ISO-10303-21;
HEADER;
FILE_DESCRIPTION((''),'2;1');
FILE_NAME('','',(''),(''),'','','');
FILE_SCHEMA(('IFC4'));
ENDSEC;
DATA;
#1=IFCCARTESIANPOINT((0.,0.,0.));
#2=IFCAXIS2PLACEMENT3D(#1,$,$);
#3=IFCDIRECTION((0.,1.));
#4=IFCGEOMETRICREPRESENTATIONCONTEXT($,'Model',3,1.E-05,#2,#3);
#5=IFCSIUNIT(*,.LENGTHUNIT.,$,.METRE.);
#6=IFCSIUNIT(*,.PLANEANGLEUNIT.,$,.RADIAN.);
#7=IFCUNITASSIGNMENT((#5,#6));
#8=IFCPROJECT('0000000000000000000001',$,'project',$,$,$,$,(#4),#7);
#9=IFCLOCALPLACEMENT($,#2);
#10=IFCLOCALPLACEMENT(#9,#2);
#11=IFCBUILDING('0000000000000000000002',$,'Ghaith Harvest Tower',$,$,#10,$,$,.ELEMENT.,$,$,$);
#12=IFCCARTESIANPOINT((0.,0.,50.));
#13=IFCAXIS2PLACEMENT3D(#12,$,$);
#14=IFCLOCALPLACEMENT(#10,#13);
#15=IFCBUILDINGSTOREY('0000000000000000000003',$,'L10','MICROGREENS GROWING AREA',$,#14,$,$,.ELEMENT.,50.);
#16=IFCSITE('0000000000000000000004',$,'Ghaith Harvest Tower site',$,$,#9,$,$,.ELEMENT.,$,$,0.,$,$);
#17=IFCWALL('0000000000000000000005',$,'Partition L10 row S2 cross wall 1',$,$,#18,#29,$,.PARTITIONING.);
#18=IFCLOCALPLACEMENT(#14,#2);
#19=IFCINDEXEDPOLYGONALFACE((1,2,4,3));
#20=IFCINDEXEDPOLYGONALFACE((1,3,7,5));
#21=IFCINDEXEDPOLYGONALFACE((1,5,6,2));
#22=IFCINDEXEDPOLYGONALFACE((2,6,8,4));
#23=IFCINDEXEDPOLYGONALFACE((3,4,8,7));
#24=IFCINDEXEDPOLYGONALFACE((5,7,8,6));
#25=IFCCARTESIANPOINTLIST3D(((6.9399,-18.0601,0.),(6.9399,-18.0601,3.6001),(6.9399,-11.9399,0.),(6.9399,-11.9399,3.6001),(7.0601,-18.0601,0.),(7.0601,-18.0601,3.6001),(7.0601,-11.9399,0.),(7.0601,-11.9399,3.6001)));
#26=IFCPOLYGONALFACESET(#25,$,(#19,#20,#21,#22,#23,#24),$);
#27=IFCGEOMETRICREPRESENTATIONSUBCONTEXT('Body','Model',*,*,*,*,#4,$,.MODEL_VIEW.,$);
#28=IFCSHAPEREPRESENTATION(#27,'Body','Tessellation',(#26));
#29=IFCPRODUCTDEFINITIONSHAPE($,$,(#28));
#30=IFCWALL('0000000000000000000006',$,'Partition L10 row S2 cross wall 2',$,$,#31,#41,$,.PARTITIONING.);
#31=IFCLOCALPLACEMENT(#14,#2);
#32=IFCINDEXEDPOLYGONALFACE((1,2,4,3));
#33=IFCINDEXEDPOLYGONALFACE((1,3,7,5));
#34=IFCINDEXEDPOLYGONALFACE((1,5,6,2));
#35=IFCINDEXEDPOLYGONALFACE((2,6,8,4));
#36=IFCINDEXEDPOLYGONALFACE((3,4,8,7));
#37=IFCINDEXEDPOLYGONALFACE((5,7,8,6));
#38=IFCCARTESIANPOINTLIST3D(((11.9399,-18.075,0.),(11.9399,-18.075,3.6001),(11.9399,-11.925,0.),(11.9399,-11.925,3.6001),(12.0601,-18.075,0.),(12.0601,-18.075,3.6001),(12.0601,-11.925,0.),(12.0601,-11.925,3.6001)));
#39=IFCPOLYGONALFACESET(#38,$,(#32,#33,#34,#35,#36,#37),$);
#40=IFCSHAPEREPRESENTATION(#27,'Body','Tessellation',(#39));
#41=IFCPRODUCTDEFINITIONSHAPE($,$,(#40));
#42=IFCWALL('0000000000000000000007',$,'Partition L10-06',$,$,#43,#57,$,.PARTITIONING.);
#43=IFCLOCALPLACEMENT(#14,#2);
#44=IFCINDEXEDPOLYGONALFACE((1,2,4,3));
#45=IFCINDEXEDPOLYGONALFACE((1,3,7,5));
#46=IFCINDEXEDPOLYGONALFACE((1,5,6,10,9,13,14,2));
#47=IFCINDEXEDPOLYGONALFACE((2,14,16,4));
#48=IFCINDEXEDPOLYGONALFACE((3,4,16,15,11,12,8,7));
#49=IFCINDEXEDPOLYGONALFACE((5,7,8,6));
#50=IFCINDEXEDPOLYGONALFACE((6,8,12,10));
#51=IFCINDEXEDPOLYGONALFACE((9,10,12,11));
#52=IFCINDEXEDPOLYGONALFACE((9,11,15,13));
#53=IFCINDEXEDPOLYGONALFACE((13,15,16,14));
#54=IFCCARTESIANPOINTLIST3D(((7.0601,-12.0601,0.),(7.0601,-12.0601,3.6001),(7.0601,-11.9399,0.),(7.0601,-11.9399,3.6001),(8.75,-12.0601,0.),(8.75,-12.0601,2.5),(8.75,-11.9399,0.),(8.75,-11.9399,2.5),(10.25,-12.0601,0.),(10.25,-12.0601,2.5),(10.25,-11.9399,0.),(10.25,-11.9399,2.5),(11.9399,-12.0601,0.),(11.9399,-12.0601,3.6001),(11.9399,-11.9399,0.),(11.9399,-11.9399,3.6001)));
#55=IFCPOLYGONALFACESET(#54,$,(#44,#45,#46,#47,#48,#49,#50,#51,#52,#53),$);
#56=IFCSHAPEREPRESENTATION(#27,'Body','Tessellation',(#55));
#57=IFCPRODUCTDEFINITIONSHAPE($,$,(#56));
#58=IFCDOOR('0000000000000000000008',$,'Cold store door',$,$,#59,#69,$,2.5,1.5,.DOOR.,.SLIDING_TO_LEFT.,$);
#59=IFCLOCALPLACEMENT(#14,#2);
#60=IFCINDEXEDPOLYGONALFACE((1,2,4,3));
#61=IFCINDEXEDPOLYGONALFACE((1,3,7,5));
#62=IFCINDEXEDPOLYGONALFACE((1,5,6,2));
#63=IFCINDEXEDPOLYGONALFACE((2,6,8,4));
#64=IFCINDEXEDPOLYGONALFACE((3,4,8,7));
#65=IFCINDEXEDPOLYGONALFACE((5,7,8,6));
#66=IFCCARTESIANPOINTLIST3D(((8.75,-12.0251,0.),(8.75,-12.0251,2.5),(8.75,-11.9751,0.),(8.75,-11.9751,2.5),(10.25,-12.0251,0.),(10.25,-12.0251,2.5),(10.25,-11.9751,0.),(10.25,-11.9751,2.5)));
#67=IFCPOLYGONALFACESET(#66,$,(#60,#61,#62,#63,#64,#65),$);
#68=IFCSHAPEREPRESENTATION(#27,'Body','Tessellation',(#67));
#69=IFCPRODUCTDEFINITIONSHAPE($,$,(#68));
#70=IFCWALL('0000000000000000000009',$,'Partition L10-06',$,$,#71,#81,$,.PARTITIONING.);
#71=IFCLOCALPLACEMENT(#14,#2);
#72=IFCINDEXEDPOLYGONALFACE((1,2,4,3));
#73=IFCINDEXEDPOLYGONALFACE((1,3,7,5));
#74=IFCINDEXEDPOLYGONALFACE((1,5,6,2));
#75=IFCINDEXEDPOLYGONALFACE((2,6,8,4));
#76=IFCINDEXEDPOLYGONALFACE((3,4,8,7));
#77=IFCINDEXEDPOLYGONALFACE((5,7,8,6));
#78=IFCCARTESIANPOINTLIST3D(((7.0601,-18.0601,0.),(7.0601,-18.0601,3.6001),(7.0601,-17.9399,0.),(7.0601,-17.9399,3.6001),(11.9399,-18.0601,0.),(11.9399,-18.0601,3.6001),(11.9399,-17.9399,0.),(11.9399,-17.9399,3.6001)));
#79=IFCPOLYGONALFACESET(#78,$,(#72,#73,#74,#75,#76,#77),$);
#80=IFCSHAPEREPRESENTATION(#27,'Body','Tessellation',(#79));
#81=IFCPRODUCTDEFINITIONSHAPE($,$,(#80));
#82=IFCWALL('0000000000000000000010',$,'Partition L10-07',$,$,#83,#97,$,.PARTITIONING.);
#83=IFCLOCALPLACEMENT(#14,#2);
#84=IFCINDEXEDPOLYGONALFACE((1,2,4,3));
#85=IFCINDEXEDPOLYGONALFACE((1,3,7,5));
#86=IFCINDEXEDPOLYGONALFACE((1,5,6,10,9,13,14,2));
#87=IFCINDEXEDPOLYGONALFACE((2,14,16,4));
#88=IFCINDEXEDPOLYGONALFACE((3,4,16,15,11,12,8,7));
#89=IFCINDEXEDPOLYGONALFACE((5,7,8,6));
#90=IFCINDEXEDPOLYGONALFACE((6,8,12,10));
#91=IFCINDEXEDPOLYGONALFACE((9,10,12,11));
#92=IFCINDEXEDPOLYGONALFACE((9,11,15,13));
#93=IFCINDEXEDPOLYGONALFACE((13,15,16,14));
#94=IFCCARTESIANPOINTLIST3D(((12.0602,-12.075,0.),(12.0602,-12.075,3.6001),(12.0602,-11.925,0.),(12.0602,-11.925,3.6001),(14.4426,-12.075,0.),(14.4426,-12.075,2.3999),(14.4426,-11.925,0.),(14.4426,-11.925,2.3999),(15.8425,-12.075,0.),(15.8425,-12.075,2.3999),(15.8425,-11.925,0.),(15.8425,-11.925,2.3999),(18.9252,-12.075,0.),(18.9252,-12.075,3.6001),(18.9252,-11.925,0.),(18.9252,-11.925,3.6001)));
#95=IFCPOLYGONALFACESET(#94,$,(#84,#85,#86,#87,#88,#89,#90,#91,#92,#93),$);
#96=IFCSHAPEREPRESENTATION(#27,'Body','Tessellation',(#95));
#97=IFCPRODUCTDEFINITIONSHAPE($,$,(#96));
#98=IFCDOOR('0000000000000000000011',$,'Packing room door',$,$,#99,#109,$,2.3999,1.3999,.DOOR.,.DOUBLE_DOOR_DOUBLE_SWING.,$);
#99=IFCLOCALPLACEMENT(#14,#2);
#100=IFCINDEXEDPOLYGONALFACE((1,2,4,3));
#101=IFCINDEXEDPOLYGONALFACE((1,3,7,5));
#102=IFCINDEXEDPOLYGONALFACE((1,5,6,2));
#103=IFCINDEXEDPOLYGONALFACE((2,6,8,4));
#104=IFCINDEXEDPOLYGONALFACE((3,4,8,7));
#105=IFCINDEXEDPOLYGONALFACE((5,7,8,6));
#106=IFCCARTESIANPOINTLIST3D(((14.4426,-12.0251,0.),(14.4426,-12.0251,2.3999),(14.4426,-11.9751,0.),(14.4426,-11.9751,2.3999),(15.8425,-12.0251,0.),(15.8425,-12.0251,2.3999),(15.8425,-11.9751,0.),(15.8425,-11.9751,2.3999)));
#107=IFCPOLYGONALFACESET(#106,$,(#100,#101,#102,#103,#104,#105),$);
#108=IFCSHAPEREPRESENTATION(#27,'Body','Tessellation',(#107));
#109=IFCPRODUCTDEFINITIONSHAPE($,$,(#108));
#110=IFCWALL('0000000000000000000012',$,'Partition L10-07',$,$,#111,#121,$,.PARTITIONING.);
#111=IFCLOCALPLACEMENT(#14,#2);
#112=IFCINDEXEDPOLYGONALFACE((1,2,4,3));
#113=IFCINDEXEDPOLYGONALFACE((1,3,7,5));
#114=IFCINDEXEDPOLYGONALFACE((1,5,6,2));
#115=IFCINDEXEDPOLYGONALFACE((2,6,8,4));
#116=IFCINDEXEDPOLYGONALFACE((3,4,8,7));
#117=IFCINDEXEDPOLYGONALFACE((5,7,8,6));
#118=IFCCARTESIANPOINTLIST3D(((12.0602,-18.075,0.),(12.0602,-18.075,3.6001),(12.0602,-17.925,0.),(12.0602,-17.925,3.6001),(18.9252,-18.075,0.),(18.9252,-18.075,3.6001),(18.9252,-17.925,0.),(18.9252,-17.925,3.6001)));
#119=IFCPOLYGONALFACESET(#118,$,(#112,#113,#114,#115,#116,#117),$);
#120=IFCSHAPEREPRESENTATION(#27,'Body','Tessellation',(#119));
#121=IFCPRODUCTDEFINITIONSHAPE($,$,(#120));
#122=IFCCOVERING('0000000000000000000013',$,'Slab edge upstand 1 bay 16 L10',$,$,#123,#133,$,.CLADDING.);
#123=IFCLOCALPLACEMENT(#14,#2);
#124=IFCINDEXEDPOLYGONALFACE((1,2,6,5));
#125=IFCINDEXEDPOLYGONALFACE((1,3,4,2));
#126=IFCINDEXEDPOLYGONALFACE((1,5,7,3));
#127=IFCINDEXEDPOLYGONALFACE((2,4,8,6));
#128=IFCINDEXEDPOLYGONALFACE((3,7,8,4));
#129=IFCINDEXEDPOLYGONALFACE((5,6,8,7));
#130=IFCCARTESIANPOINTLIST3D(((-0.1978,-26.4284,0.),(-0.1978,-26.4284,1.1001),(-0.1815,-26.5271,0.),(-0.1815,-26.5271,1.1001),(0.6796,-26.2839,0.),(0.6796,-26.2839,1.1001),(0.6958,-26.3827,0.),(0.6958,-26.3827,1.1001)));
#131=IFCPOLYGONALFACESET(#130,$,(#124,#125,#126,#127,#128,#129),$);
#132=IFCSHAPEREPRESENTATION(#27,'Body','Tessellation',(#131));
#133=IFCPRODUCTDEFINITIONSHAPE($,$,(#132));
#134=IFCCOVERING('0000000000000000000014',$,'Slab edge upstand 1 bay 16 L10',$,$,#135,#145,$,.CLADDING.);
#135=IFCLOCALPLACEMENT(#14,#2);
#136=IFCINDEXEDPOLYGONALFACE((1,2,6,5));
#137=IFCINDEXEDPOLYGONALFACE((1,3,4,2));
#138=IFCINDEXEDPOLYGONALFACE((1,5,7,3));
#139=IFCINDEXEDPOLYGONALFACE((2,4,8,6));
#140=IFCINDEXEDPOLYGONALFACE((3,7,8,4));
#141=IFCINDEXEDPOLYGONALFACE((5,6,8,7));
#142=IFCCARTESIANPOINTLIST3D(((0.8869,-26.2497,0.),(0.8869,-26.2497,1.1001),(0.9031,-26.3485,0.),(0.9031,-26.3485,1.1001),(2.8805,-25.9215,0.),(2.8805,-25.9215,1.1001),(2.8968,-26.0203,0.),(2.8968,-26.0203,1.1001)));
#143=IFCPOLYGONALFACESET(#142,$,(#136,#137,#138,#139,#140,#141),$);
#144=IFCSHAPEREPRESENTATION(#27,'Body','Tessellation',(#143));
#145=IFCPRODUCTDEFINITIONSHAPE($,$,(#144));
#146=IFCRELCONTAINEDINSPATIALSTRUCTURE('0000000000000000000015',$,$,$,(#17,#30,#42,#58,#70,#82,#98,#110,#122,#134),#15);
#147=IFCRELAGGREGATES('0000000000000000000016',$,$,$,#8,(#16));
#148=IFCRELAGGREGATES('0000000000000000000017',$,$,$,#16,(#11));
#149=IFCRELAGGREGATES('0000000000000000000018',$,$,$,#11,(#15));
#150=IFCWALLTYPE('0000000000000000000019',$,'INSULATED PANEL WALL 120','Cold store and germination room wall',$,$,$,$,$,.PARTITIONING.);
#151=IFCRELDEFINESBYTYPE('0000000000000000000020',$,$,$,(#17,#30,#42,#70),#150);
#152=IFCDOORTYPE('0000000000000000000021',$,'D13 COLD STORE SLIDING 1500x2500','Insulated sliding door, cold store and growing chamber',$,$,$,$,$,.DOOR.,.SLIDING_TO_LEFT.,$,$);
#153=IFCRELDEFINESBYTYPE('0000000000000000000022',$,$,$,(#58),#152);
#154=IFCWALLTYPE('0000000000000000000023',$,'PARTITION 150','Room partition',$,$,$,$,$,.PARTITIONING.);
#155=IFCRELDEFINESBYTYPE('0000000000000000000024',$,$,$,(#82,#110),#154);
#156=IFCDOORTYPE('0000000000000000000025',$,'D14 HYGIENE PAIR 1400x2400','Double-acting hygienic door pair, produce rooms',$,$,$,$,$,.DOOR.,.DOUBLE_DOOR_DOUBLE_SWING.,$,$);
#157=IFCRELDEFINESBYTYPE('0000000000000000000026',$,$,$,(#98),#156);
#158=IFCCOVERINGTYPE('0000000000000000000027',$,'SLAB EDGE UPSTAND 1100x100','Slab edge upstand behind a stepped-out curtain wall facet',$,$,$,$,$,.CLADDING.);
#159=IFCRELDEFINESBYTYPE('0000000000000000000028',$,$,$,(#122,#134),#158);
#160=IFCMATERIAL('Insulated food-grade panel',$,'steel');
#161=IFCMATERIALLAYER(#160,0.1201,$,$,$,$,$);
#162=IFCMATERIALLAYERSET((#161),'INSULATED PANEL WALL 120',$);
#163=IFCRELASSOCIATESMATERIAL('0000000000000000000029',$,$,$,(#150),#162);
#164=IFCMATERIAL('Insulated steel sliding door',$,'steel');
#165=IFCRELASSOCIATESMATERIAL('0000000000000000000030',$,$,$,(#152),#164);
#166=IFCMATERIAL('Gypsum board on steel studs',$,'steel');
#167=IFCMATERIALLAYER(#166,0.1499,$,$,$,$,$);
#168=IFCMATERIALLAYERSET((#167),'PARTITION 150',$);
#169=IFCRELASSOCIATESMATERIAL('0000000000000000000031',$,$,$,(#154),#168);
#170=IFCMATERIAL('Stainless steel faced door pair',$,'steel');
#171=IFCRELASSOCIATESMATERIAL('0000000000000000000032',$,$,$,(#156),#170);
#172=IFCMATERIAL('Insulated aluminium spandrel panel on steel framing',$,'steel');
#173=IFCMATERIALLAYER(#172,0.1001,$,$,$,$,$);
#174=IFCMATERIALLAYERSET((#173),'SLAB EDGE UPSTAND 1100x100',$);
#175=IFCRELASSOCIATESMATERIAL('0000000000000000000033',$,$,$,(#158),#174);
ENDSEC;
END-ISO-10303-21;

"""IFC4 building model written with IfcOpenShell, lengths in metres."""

from ifc_helpers import new_model, si_unit, direction, frame, frame_2d, origin, origin_2d, place, context, subcontext, project, spatial, rectangle, extrude, material, layer, layer_set, type_object, element, fill, save


model = new_model("IFC4")

# Units and contexts
model_context = context("Model", 3, precision=1e-05, world=origin(), true_north=direction((0.0, 1.0)))
body_context = subcontext(model_context, "Body", "Model", "MODEL_VIEW")
ifc_project = project(units=[si_unit("LENGTHUNIT", "METRE"), si_unit("PLANEANGLEUNIT", "RADIAN")], contexts=[model_context])

# Site, building, storey
site_placement = place(None, origin())
site = spatial("IfcSite", under=ifc_project, at=site_placement, Name="Ghaith Harvest Tower site", CompositionType="ELEMENT", RefElevation=0.0)
building_placement = place(site_placement, origin())
building = spatial("IfcBuilding", under=site, at=building_placement, Name="Ghaith Harvest Tower", CompositionType="ELEMENT")
storey_placement = place(building_placement, frame((0.0, 0.0, 50.0)))
storey = spatial("IfcBuildingStorey", under=building, at=storey_placement, Name="L10", Description="MICROGREENS GROWING AREA", CompositionType="ELEMENT", Elevation=50.0)

# Shared definitions
ifc_material_1 = material(Name="Insulated food-grade panel", Category="steel")
ifc_layer_1 = layer(ifc_material_1, 0.1201)
ifc_layer_set_1 = layer_set([ifc_layer_1], Name="INSULATED PANEL WALL 120")
wall_type_1 = type_object("IfcWallType", Name="INSULATED PANEL WALL 120", Description="Cold store and germination room wall", PredefinedType="PARTITIONING", material=ifc_layer_set_1)

# Shared definitions
ifc_material_2 = material(Name="Insulated steel sliding door", Category="steel")
door_type_1 = type_object("IfcDoorType", Name="D13 COLD STORE SLIDING 1500x2500", Description="Insulated sliding door, cold store and growing chamber", OperationType="SLIDING_TO_LEFT", PredefinedType="DOOR", material=ifc_material_2)

# Walls
wall_1_placement = place(storey_placement, frame((7.0, -11.9399, 0.0), z_axis=(0.0, 0.0, 1.0), x_axis=(0.0, -1.0, 0.0)))
element("IfcWall", 1, at=wall_1_placement, inside=storey, type_object=wall_type_1, Name="Partition L10 row S2 cross wall 1", PredefinedType="PARTITIONING", context=body_context, shape_type="SweptSolid", body=[
    extrude(rectangle(XDim=6.1201, YDim=0.1201, at=frame_2d((3.0601, 0.0))), origin(), (0.0, 0.0, 1.0), 3.6001),
])
wall_2_placement = place(storey_placement, frame((12.0, -11.925, 0.0), z_axis=(0.0, 0.0, 1.0), x_axis=(0.0, -1.0, 0.0)))
element("IfcWall", 2, at=wall_2_placement, inside=storey, type_object=wall_type_1, Name="Partition L10 row S2 cross wall 2", PredefinedType="PARTITIONING", context=body_context, shape_type="SweptSolid", body=[
    extrude(rectangle(XDim=6.1499, YDim=0.1201, at=frame_2d((3.075, 0.0))), origin(), (0.0, 0.0, 1.0), 3.6001),
])

# Wall, opening, door
wall_3_placement = place(storey_placement, frame((7.0601, -12.0, 0.0), z_axis=(0.0, 0.0, 1.0), x_axis=(1.0, 0.0, 0.0)))
wall_3 = element("IfcWall", 3, at=wall_3_placement, inside=storey, type_object=wall_type_1, Name="Partition L10-06", PredefinedType="PARTITIONING", context=body_context, shape_type="SweptSolid", body=[
    extrude(rectangle(XDim=4.8799, YDim=0.1201, at=frame_2d((2.4399, 0.0))), origin(), (0.0, 0.0, 1.0), 3.6001),
])
opening_1_placement = place(wall_3_placement, frame((1.6899, 0.0, 0.0)))
opening_1 = element("IfcOpeningElement", 4, at=opening_1_placement, cuts=wall_3, PredefinedType="OPENING", context=body_context, shape_type="SweptSolid", body=[
    extrude(rectangle(XDim=1.5, YDim=2.5, at=frame_2d((0.75, 1.25))), frame((0.0, 0.0701, 0.0), z_axis=(0.0, -1.0, 0.0), x_axis=(1.0, 0.0, 0.0)), (0.0, 0.0, 1.0), 0.1401),
])
door_1_placement = place(opening_1_placement, origin())
door_1 = element("IfcDoor", 5, at=door_1_placement, inside=storey, type_object=door_type_1, Name="Cold store door", OperationType="SLIDING_TO_LEFT", OverallHeight=2.5, OverallWidth=1.5, PredefinedType="DOOR", context=body_context, shape_type="SweptSolid", body=[
    extrude(rectangle(XDim=1.5, YDim=2.5, at=frame_2d((0.75, 1.25))), frame((0.0, 0.0249, 0.0), z_axis=(0.0, -1.0, 0.0), x_axis=(1.0, 0.0, 0.0)), (0.0, 0.0, 1.0), 0.05),
])
fill(opening_1, door_1)

# Wall
wall_4_placement = place(storey_placement, frame((7.0601, -18.0, 0.0), z_axis=(0.0, 0.0, 1.0), x_axis=(1.0, 0.0, 0.0)))
element("IfcWall", 6, at=wall_4_placement, inside=storey, type_object=wall_type_1, Name="Partition L10-06", PredefinedType="PARTITIONING", context=body_context, shape_type="SweptSolid", body=[
    extrude(rectangle(XDim=4.8799, YDim=0.1201, at=frame_2d((2.4399, 0.0))), origin(), (0.0, 0.0, 1.0), 3.6001),
])

# Wall, opening, door
ifc_material_3 = material(Name="Gypsum board on steel studs", Category="steel")
ifc_layer_2 = layer(ifc_material_3, 0.1499)
ifc_layer_set_2 = layer_set([ifc_layer_2], Name="PARTITION 150")
wall_type_2 = type_object("IfcWallType", Name="PARTITION 150", Description="Room partition", PredefinedType="PARTITIONING", material=ifc_layer_set_2)
wall_5_placement = place(storey_placement, frame((12.0601, -12.0, 0.0), z_axis=(0.0, 0.0, 1.0), x_axis=(1.0, 0.0, 0.0)))
wall_5 = element("IfcWall", 7, at=wall_5_placement, inside=storey, type_object=wall_type_2, Name="Partition L10-07", PredefinedType="PARTITIONING", context=body_context, shape_type="SweptSolid", body=[
    extrude(rectangle(XDim=6.865, YDim=0.1499, at=frame_2d((3.4326, 0.0))), origin(), (0.0, 0.0, 1.0), 3.6001),
])
opening_2_placement = place(wall_5_placement, frame((2.3826, 0.0, 0.0)))
opening_2 = element("IfcOpeningElement", 8, at=opening_2_placement, cuts=wall_5, PredefinedType="OPENING", context=body_context, shape_type="SweptSolid", body=[
    extrude(rectangle(XDim=1.3999, YDim=2.3999, at=frame_2d((0.7, 1.2))), frame((0.0, 0.085, 0.0), z_axis=(0.0, -1.0, 0.0), x_axis=(1.0, 0.0, 0.0)), (0.0, 0.0, 1.0), 0.1699),
])
ifc_material_4 = material(Name="Stainless steel faced door pair", Category="steel")
door_type_2 = type_object("IfcDoorType", Name="D14 HYGIENE PAIR 1400x2400", Description="Double-acting hygienic door pair, produce rooms", OperationType="DOUBLE_DOOR_DOUBLE_SWING", PredefinedType="DOOR", material=ifc_material_4)
door_2_placement = place(opening_2_placement, origin())
door_2 = element("IfcDoor", 9, at=door_2_placement, inside=storey, type_object=door_type_2, Name="Packing room door", OperationType="DOUBLE_DOOR_DOUBLE_SWING", OverallHeight=2.3999, OverallWidth=1.3999, PredefinedType="DOOR", context=body_context, shape_type="SweptSolid", body=[
    extrude(rectangle(XDim=1.3999, YDim=2.3999, at=frame_2d((0.7, 1.2))), frame((0.0, 0.0249, 0.0), z_axis=(0.0, -1.0, 0.0), x_axis=(1.0, 0.0, 0.0)), (0.0, 0.0, 1.0), 0.05),
])
fill(opening_2, door_2)

# Wall
wall_6_placement = place(storey_placement, frame((12.0601, -18.0, 0.0), z_axis=(0.0, 0.0, 1.0), x_axis=(1.0, 0.0, 0.0)))
element("IfcWall", 10, at=wall_6_placement, inside=storey, type_object=wall_type_2, Name="Partition L10-07", PredefinedType="PARTITIONING", context=body_context, shape_type="SweptSolid", body=[
    extrude(rectangle(XDim=6.865, YDim=0.1499, at=frame_2d((3.4326, 0.0))), origin(), (0.0, 0.0, 1.0), 3.6001),
])

# Coverings
ifc_material_5 = material(Name="Insulated aluminium spandrel panel on steel framing", Category="steel")
ifc_layer_3 = layer(ifc_material_5, 0.1001)
ifc_layer_set_3 = layer_set([ifc_layer_3], Name="SLAB EDGE UPSTAND 1100x100")
covering_type = type_object("IfcCoveringType", Name="SLAB EDGE UPSTAND 1100x100", Description="Slab edge upstand behind a stepped-out curtain wall facet", PredefinedType="CLADDING", material=ifc_layer_set_3)
covering_1_placement = place(storey_placement, frame((0.249, -26.4055, 0.0), z_axis=(0.0, 0.0, 1.0), x_axis=(0.986716, 0.162453, 0.0)))
element("IfcCovering", 11, at=covering_1_placement, inside=storey, type_object=covering_type, Name="Slab edge upstand 1 bay 16 L10", PredefinedType="CLADDING", context=body_context, shape_type="SweptSolid", body=[
    extrude(rectangle(XDim=0.8892, YDim=0.1001, at=origin_2d()), origin(), (0.0, 0.0, 1.0), 1.1001),
])
covering_2_placement = place(storey_placement, frame((1.8918, -26.135, 0.0), z_axis=(0.0, 0.0, 1.0), x_axis=(0.986716, 0.162453, 0.0)))
element("IfcCovering", 12, at=covering_2_placement, inside=storey, type_object=covering_type, Name="Slab edge upstand 1 bay 16 L10", PredefinedType="CLADDING", context=body_context, shape_type="SweptSolid", body=[
    extrude(rectangle(XDim=2.0205, YDim=0.1001, at=origin_2d()), origin(), (0.0, 0.0, 1.0), 1.1001),
])

save(model, "model.ifc")
